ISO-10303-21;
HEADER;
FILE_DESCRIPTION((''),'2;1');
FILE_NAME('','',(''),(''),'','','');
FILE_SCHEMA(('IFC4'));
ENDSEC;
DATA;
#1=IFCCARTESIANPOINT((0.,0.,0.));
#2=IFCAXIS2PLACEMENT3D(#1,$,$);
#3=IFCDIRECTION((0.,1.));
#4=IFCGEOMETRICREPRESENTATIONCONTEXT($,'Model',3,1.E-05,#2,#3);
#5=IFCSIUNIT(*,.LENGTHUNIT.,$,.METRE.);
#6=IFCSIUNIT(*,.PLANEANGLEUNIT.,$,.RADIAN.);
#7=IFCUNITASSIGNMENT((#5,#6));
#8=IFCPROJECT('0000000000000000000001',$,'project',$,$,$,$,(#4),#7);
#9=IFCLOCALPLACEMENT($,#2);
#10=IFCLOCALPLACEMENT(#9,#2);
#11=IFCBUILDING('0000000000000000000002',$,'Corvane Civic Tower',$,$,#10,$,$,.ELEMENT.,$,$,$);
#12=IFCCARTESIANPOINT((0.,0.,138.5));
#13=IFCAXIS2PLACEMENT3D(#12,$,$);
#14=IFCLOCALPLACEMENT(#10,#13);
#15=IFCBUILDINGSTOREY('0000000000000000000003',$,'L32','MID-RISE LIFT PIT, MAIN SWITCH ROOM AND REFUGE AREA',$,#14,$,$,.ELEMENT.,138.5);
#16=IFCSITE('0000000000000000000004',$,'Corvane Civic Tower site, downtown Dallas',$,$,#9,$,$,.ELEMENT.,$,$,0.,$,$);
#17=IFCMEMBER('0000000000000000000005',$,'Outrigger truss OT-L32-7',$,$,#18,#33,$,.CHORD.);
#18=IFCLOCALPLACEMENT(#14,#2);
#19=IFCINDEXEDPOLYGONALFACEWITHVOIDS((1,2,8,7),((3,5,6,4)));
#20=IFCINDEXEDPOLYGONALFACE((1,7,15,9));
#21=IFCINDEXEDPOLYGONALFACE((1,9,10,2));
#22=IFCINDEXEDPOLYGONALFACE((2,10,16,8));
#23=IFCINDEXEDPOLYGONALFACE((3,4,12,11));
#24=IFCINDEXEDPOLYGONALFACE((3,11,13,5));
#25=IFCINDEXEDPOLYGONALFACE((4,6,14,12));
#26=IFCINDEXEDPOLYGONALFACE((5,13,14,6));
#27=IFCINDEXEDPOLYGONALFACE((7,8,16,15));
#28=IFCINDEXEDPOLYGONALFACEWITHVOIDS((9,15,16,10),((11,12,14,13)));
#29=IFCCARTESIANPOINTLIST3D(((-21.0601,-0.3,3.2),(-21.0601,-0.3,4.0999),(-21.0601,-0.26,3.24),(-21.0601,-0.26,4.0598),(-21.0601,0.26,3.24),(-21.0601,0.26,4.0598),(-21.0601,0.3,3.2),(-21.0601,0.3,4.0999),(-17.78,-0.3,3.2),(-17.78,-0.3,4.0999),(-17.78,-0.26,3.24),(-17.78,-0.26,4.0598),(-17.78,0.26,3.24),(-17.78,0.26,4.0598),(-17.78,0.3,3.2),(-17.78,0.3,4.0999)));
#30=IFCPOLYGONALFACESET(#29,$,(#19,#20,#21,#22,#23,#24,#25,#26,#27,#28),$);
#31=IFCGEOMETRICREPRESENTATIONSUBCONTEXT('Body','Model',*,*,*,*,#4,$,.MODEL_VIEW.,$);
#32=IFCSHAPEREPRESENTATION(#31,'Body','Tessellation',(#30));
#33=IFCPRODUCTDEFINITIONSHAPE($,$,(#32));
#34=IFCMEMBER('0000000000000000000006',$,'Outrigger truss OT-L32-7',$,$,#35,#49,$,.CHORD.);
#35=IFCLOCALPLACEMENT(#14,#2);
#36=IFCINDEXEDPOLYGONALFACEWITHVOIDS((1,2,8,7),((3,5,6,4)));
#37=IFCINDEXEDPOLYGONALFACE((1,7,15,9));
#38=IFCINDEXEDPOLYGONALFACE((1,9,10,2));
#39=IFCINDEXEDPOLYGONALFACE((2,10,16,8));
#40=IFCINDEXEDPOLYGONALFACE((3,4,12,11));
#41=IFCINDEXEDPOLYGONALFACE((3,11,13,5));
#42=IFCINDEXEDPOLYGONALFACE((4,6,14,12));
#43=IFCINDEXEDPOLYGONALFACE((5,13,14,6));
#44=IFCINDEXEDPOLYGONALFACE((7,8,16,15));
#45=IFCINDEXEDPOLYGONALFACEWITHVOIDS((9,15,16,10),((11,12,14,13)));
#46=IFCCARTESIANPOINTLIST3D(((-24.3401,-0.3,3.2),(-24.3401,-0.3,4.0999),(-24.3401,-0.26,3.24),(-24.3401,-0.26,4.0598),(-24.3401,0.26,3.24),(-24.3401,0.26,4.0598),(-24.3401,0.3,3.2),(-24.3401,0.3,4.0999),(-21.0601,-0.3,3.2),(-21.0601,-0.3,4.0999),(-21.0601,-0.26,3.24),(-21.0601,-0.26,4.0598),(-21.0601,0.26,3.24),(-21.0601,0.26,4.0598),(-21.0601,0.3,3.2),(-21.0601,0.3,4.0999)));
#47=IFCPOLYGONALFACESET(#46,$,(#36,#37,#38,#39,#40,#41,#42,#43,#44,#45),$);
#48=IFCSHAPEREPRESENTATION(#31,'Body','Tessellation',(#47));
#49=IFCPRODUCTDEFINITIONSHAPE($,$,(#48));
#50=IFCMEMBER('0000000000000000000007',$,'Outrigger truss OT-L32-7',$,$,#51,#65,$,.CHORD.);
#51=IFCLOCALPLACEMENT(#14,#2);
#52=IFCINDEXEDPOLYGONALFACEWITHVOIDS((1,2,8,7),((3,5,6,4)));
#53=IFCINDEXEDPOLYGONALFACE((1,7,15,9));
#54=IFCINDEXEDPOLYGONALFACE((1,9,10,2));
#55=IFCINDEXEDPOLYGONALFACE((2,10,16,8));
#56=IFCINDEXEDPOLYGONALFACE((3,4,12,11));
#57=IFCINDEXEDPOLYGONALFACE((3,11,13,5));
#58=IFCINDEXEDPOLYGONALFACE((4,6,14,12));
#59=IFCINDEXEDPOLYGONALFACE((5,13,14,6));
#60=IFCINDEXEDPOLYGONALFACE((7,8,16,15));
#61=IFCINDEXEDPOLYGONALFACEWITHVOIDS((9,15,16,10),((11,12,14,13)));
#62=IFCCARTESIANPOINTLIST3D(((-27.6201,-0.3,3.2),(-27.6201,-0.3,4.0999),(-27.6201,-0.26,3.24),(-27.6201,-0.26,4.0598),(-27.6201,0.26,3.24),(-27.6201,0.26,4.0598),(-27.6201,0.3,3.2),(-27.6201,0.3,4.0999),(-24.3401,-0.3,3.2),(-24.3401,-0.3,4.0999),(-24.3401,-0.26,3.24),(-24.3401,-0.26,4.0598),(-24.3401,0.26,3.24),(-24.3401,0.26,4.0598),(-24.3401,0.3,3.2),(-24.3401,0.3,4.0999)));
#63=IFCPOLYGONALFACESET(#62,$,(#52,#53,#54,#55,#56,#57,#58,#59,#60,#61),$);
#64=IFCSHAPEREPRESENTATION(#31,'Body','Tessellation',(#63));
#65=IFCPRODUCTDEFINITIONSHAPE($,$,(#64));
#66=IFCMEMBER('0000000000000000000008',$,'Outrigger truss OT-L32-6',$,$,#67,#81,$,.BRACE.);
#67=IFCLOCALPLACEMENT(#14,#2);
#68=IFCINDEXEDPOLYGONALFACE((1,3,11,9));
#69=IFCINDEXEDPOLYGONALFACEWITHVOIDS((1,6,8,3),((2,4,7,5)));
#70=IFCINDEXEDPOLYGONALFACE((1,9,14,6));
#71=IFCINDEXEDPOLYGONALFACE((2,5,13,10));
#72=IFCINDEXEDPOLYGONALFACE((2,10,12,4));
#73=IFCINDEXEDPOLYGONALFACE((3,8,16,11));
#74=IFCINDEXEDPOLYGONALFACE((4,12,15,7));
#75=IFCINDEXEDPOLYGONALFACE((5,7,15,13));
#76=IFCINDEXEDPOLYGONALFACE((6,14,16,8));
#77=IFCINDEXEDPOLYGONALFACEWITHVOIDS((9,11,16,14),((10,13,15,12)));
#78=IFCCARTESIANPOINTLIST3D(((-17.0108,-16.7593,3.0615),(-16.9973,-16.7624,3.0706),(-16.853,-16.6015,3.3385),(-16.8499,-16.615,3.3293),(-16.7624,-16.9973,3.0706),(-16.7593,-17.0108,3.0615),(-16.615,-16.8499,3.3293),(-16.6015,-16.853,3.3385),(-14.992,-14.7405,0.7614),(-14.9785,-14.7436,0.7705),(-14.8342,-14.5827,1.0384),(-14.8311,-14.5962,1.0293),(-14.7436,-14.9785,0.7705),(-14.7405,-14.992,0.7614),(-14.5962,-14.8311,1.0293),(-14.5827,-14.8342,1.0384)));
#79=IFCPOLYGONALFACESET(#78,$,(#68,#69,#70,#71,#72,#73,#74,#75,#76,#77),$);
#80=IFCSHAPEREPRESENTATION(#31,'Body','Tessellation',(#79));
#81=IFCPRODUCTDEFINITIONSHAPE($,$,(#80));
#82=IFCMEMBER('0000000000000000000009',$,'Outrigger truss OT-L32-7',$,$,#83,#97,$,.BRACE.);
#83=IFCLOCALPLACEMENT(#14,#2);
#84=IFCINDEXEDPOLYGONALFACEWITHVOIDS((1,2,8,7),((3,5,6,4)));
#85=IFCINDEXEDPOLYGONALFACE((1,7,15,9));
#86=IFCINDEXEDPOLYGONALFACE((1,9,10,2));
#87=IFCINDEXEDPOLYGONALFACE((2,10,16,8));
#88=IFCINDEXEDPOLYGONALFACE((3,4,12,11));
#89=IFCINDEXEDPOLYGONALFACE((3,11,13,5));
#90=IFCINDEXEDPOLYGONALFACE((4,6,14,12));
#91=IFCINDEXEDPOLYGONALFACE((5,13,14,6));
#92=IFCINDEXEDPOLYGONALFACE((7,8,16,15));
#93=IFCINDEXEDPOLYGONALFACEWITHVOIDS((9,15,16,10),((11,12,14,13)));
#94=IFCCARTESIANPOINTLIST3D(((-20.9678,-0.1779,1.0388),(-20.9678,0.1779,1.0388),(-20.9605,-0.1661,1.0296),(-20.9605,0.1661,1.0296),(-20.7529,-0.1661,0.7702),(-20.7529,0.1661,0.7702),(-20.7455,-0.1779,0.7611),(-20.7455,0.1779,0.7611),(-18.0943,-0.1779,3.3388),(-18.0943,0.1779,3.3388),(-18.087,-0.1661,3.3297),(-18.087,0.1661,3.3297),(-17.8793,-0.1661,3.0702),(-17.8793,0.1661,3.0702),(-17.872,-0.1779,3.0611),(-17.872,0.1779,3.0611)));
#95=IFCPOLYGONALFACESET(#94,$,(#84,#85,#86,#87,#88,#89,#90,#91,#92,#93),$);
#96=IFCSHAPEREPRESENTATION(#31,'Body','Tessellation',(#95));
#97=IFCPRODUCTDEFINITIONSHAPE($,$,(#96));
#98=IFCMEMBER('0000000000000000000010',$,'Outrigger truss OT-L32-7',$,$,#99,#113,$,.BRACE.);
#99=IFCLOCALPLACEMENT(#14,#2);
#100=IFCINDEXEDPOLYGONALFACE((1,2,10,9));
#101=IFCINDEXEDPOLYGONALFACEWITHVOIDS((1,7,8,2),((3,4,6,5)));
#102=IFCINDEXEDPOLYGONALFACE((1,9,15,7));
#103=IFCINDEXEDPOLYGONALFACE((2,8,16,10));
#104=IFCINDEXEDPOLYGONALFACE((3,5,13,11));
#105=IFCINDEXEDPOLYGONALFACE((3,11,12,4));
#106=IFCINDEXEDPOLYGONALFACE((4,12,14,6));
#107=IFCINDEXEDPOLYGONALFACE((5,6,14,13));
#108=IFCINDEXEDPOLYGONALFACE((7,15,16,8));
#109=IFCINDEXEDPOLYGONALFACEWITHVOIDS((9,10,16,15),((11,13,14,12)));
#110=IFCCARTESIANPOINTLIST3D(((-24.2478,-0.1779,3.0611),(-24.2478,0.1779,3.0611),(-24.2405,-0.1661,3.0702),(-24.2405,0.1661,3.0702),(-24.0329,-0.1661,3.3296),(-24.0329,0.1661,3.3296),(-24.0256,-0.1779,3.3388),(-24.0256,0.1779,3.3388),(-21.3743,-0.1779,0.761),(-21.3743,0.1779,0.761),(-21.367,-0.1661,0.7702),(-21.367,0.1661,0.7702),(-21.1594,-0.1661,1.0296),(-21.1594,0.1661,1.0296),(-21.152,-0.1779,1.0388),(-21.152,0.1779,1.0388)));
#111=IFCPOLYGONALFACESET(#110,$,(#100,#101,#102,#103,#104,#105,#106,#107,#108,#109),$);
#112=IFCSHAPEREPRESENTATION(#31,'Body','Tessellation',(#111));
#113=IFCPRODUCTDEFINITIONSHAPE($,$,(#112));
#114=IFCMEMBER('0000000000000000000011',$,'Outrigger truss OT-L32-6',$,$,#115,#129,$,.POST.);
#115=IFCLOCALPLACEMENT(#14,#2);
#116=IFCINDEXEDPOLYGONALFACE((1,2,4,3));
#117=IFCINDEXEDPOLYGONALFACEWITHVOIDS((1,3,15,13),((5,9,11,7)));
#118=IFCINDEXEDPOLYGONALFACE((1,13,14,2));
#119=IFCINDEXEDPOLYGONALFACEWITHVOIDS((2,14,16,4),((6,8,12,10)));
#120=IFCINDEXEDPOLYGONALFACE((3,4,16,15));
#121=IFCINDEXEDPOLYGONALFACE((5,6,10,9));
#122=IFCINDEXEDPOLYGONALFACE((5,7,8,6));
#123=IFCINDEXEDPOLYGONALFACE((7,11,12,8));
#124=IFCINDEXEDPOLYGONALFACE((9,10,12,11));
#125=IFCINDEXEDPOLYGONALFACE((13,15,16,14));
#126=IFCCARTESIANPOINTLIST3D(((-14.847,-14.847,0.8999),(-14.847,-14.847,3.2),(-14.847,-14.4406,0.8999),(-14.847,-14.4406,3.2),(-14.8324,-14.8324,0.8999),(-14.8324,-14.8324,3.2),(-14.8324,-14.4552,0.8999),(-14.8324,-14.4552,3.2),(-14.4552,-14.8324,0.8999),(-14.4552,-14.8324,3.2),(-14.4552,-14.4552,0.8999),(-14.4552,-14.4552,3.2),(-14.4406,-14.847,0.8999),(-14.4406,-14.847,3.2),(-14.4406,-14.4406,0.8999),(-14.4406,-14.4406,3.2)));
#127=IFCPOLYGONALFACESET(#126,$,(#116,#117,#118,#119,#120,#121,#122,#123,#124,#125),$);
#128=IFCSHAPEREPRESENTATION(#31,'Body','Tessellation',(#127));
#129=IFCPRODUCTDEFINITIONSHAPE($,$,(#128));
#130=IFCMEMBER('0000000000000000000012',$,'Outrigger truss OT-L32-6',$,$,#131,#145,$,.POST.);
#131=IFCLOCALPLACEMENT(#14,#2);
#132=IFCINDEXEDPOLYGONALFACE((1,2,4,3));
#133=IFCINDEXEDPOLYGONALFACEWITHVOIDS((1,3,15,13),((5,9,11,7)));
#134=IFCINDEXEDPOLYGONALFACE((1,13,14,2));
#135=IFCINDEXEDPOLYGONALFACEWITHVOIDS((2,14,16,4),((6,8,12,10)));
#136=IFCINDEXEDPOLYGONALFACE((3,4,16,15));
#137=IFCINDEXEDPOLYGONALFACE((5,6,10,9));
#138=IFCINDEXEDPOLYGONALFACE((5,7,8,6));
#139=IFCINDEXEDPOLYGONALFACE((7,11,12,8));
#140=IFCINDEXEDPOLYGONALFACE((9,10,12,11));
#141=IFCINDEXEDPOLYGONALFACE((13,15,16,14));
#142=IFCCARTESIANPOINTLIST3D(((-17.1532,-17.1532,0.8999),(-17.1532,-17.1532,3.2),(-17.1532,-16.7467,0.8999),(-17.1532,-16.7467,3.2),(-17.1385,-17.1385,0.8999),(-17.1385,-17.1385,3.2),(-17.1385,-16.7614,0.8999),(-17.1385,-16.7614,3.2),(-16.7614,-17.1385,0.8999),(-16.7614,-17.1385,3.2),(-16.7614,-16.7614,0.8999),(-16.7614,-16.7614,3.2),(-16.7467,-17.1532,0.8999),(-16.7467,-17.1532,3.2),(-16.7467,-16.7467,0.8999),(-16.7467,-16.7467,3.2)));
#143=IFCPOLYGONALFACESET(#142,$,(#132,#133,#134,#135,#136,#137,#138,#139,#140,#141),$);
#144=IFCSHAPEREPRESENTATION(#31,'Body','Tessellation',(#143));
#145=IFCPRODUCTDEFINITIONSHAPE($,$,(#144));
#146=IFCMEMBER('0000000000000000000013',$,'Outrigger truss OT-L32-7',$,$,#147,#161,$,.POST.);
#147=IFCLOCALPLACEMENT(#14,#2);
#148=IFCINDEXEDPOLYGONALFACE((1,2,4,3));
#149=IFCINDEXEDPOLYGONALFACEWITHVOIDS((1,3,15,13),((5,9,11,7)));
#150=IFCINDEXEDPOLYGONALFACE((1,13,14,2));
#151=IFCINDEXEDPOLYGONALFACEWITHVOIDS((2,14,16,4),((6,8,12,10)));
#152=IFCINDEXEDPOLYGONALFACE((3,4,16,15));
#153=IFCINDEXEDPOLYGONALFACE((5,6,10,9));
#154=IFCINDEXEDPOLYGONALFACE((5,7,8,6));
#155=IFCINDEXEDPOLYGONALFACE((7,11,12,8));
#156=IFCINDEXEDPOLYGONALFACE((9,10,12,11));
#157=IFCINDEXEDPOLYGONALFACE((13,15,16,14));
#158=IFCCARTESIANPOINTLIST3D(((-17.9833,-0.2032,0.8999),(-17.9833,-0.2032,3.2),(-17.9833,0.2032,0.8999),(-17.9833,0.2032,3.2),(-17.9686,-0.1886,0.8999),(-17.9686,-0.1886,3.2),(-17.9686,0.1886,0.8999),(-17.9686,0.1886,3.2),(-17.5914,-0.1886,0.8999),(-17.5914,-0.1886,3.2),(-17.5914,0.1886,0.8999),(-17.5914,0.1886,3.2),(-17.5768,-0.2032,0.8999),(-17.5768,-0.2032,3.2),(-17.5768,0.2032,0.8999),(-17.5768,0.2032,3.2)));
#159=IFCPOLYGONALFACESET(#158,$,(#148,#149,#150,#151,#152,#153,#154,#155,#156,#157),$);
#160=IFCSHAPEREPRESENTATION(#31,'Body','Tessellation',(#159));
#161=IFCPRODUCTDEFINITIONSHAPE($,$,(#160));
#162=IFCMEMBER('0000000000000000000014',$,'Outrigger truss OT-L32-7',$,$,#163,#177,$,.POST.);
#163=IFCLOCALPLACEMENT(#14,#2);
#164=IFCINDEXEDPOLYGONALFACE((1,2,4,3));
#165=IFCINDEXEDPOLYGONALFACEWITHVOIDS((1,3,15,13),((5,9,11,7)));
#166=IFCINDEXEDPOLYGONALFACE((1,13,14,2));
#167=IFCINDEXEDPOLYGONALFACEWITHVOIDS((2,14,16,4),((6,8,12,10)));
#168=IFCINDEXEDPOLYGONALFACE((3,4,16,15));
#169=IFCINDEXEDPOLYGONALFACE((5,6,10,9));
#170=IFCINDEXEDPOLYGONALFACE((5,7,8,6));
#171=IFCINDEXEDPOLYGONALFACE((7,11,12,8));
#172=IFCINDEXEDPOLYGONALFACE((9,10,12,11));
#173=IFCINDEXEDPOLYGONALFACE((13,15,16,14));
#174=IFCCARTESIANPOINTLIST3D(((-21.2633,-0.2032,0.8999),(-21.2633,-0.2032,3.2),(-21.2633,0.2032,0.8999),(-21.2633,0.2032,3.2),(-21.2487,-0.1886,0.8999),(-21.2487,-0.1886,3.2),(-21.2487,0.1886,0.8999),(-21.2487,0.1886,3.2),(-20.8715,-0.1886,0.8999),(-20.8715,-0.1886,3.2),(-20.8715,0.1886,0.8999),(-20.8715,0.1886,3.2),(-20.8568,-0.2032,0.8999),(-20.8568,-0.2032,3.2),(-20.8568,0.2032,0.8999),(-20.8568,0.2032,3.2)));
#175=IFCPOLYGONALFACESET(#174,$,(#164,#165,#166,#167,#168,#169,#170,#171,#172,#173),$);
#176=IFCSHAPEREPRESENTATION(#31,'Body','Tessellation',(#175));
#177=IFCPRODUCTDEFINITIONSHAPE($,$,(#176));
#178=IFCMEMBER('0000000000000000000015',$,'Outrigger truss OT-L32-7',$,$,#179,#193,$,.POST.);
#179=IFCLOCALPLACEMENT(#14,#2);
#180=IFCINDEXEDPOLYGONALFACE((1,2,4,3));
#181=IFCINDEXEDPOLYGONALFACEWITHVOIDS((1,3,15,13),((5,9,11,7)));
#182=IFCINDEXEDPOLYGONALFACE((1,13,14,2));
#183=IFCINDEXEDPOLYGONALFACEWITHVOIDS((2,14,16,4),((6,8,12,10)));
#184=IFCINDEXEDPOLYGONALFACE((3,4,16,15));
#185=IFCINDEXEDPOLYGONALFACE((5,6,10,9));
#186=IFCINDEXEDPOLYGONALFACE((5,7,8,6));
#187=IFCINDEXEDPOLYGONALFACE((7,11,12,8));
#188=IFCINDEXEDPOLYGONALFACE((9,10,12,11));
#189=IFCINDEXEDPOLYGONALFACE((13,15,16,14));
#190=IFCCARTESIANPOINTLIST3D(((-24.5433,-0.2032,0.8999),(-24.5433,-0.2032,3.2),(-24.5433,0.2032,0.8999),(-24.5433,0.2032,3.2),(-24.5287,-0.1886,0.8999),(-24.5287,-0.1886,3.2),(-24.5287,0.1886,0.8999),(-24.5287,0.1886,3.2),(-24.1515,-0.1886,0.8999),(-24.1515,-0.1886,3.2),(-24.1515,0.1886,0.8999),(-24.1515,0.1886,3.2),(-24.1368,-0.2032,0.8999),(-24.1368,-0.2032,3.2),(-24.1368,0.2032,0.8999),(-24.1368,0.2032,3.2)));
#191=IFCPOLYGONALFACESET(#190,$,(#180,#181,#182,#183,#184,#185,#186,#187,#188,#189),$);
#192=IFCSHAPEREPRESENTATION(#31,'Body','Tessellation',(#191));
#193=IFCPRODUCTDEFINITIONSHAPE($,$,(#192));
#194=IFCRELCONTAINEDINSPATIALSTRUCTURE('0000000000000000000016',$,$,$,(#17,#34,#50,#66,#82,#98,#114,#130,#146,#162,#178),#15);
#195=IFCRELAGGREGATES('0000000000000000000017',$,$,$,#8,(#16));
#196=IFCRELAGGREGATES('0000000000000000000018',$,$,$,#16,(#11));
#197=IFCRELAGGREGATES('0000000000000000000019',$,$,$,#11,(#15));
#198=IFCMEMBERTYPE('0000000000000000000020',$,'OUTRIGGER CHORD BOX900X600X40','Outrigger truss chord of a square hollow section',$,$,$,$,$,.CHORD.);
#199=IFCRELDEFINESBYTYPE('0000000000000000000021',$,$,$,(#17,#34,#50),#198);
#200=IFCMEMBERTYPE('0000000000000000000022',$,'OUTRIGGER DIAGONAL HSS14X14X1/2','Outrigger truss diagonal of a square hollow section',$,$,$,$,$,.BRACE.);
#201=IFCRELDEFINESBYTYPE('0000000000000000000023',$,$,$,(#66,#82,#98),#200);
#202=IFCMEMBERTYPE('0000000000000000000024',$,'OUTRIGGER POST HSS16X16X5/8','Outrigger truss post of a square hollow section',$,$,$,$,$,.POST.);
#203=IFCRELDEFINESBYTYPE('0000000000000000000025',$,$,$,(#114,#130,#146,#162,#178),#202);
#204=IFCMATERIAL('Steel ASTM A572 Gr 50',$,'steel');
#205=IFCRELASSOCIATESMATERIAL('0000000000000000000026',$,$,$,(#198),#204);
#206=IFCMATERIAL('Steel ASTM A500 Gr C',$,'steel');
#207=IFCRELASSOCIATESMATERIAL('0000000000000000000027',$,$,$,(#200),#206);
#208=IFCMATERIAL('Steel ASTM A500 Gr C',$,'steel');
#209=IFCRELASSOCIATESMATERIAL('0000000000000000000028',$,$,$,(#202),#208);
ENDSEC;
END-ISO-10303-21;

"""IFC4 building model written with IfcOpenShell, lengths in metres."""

from ifc_helpers import new_model, si_unit, direction, frame, origin, origin_2d, place, context, subcontext, project, spatial, hollow_rectangle, extrude, material, material_profile, profile_set, type_object, element, save


model = new_model("IFC4")

# Units and contexts
model_context = context("Model", 3, precision=1e-05, world=origin(), true_north=direction((0.0, 1.0)))
body_context = subcontext(model_context, "Body", "Model", "MODEL_VIEW")
ifc_project = project(units=[si_unit("LENGTHUNIT", "METRE"), si_unit("PLANEANGLEUNIT", "RADIAN")], contexts=[model_context])

# Site, building, storey
site_placement = place(None, origin())
site = spatial("IfcSite", under=ifc_project, at=site_placement, Name="Corvane Civic Tower site, downtown Dallas", CompositionType="ELEMENT", RefElevation=0.0)
building_placement = place(site_placement, origin())
building = spatial("IfcBuilding", under=site, at=building_placement, Name="Corvane Civic Tower", CompositionType="ELEMENT")
storey_placement = place(building_placement, frame((0.0, 0.0, 138.5)))
storey = spatial("IfcBuildingStorey", under=building, at=storey_placement, Name="L32", Description="MID-RISE LIFT PIT, MAIN SWITCH ROOM AND REFUGE AREA", CompositionType="ELEMENT", Elevation=138.5)

# Members
ifc_material_1 = material(Name="Steel ASTM A572 Gr 50", Category="steel")
ifc_material_profile_1 = material_profile(ifc_material_1, hollow_rectangle(XDim=0.6001, YDim=0.8999, WallThickness=0.04, at=origin_2d()), Name="BOX900X600X40")
ifc_profile_set_1 = profile_set([ifc_material_profile_1], Name="Steel ASTM A572 Gr 50")
member_type_1 = type_object("IfcMemberType", Name="OUTRIGGER CHORD BOX900X600X40", Description="Outrigger truss chord of a square hollow section", PredefinedType="CHORD", material=ifc_profile_set_1)
for number, where, z_axis, x_axis, name in (
    (1, (-17.78, 0.0, 3.6499), (-1.0, 0.0, 0.0), (0.0, -1.0, 0.0), "Outrigger truss OT-L32-7"),
    (2, (-21.0601, 0.0, 3.6499), (-1.0, 0.0, 0.0), (0.0, -1.0, 0.0), "Outrigger truss OT-L32-7"),
    (3, (-24.3401, 0.0, 3.6499), (-1.0, 0.0, 0.0), (0.0, -1.0, 0.0), "Outrigger truss OT-L32-7"),
):
    element("IfcMember", number, at=place(storey_placement, frame(where, z_axis=z_axis, x_axis=x_axis)), inside=storey, type_object=member_type_1, Name=name, PredefinedType="CHORD", context=body_context, shape_type="SweptSolid", body=[
        extrude(hollow_rectangle(XDim=0.6001, YDim=0.8999, WallThickness=0.04, at=origin_2d()), origin(), (0.0, 0.0, 1.0), 3.28),
    ])
ifc_material_2 = material(Name="Steel ASTM A500 Gr C", Category="steel")
ifc_material_profile_2 = material_profile(ifc_material_2, hollow_rectangle(XDim=0.3557, YDim=0.3557, WallThickness=0.0117, at=origin_2d()), Name="HSS14X14X1/2")
ifc_profile_set_2 = profile_set([ifc_material_profile_2], Name="Steel ASTM A500 Gr C")
member_type_2 = type_object("IfcMemberType", Name="OUTRIGGER DIAGONAL HSS14X14X1/2", Description="Outrigger truss diagonal of a square hollow section", PredefinedType="BRACE", material=ifc_profile_set_2)
member_placement = place(storey_placement, frame((-14.7874, -14.7874, 0.8999), z_axis=(-0.550645, -0.550645, 0.627359), x_axis=(0.707107, -0.707107, 0.0)))
element("IfcMember", 4, at=member_placement, inside=storey, type_object=member_type_2, Name="Outrigger truss OT-L32-6", PredefinedType="BRACE", context=body_context, shape_type="SweptSolid", body=[
    extrude(hollow_rectangle(XDim=0.3557, YDim=0.3557, WallThickness=0.0117, at=origin_2d()), origin(), (0.0, 0.0, 1.0), 3.6663),
])
for number, where, z_axis, x_axis, name in (
    (5, (-17.9832, 0.0, 3.2), (-0.780707, 0.0, -0.624897), (0.0, -1.0, 0.0), "Outrigger truss OT-L32-7"),
    (6, (-21.2632, 0.0, 0.8999), (-0.780707, 0.0, 0.624897), (0.0, -1.0, 0.0), "Outrigger truss OT-L32-7"),
):
    element("IfcMember", number, at=place(storey_placement, frame(where, z_axis=z_axis, x_axis=x_axis)), inside=storey, type_object=member_type_2, Name=name, PredefinedType="BRACE", context=body_context, shape_type="SweptSolid", body=[
        extrude(hollow_rectangle(XDim=0.3557, YDim=0.3557, WallThickness=0.0117, at=origin_2d()), origin(), (0.0, 0.0, 1.0), 3.6807),
    ])
ifc_material_3 = material(Name="Steel ASTM A500 Gr C", Category="steel")
ifc_material_profile_3 = material_profile(ifc_material_3, hollow_rectangle(XDim=0.4065, YDim=0.4065, WallThickness=0.0146, at=origin_2d()), Name="HSS16X16X5/8")
ifc_profile_set_3 = profile_set([ifc_material_profile_3], Name="Steel ASTM A500 Gr C")
member_type_3 = type_object("IfcMemberType", Name="OUTRIGGER POST HSS16X16X5/8", Description="Outrigger truss post of a square hollow section", PredefinedType="POST", material=ifc_profile_set_3)
for number, where, z_axis, x_axis, name in (
    (7, (-14.6438, -14.6438, 0.8999), (0.0, 0.0, 1.0), (1.0, 0.0, 0.0), "Outrigger truss OT-L32-6"),
    (8, (-16.95, -16.95, 0.8999), (0.0, 0.0, 1.0), (1.0, 0.0, 0.0), "Outrigger truss OT-L32-6"),
    (9, (-17.78, 0.0, 0.8999), (0.0, 0.0, 1.0), (1.0, 0.0, 0.0), "Outrigger truss OT-L32-7"),
    (10, (-21.0601, 0.0, 0.8999), (0.0, 0.0, 1.0), (1.0, 0.0, 0.0), "Outrigger truss OT-L32-7"),
    (11, (-24.3401, 0.0, 0.8999), (0.0, 0.0, 1.0), (1.0, 0.0, 0.0), "Outrigger truss OT-L32-7"),
):
    element("IfcMember", number, at=place(storey_placement, frame(where, z_axis=z_axis, x_axis=x_axis)), inside=storey, type_object=member_type_3, Name=name, PredefinedType="POST", context=body_context, shape_type="SweptSolid", body=[
        extrude(hollow_rectangle(XDim=0.4065, YDim=0.4065, WallThickness=0.0146, at=origin_2d()), origin(), (0.0, 0.0, 1.0), 2.3),
    ])

save(model, "model.ifc")
